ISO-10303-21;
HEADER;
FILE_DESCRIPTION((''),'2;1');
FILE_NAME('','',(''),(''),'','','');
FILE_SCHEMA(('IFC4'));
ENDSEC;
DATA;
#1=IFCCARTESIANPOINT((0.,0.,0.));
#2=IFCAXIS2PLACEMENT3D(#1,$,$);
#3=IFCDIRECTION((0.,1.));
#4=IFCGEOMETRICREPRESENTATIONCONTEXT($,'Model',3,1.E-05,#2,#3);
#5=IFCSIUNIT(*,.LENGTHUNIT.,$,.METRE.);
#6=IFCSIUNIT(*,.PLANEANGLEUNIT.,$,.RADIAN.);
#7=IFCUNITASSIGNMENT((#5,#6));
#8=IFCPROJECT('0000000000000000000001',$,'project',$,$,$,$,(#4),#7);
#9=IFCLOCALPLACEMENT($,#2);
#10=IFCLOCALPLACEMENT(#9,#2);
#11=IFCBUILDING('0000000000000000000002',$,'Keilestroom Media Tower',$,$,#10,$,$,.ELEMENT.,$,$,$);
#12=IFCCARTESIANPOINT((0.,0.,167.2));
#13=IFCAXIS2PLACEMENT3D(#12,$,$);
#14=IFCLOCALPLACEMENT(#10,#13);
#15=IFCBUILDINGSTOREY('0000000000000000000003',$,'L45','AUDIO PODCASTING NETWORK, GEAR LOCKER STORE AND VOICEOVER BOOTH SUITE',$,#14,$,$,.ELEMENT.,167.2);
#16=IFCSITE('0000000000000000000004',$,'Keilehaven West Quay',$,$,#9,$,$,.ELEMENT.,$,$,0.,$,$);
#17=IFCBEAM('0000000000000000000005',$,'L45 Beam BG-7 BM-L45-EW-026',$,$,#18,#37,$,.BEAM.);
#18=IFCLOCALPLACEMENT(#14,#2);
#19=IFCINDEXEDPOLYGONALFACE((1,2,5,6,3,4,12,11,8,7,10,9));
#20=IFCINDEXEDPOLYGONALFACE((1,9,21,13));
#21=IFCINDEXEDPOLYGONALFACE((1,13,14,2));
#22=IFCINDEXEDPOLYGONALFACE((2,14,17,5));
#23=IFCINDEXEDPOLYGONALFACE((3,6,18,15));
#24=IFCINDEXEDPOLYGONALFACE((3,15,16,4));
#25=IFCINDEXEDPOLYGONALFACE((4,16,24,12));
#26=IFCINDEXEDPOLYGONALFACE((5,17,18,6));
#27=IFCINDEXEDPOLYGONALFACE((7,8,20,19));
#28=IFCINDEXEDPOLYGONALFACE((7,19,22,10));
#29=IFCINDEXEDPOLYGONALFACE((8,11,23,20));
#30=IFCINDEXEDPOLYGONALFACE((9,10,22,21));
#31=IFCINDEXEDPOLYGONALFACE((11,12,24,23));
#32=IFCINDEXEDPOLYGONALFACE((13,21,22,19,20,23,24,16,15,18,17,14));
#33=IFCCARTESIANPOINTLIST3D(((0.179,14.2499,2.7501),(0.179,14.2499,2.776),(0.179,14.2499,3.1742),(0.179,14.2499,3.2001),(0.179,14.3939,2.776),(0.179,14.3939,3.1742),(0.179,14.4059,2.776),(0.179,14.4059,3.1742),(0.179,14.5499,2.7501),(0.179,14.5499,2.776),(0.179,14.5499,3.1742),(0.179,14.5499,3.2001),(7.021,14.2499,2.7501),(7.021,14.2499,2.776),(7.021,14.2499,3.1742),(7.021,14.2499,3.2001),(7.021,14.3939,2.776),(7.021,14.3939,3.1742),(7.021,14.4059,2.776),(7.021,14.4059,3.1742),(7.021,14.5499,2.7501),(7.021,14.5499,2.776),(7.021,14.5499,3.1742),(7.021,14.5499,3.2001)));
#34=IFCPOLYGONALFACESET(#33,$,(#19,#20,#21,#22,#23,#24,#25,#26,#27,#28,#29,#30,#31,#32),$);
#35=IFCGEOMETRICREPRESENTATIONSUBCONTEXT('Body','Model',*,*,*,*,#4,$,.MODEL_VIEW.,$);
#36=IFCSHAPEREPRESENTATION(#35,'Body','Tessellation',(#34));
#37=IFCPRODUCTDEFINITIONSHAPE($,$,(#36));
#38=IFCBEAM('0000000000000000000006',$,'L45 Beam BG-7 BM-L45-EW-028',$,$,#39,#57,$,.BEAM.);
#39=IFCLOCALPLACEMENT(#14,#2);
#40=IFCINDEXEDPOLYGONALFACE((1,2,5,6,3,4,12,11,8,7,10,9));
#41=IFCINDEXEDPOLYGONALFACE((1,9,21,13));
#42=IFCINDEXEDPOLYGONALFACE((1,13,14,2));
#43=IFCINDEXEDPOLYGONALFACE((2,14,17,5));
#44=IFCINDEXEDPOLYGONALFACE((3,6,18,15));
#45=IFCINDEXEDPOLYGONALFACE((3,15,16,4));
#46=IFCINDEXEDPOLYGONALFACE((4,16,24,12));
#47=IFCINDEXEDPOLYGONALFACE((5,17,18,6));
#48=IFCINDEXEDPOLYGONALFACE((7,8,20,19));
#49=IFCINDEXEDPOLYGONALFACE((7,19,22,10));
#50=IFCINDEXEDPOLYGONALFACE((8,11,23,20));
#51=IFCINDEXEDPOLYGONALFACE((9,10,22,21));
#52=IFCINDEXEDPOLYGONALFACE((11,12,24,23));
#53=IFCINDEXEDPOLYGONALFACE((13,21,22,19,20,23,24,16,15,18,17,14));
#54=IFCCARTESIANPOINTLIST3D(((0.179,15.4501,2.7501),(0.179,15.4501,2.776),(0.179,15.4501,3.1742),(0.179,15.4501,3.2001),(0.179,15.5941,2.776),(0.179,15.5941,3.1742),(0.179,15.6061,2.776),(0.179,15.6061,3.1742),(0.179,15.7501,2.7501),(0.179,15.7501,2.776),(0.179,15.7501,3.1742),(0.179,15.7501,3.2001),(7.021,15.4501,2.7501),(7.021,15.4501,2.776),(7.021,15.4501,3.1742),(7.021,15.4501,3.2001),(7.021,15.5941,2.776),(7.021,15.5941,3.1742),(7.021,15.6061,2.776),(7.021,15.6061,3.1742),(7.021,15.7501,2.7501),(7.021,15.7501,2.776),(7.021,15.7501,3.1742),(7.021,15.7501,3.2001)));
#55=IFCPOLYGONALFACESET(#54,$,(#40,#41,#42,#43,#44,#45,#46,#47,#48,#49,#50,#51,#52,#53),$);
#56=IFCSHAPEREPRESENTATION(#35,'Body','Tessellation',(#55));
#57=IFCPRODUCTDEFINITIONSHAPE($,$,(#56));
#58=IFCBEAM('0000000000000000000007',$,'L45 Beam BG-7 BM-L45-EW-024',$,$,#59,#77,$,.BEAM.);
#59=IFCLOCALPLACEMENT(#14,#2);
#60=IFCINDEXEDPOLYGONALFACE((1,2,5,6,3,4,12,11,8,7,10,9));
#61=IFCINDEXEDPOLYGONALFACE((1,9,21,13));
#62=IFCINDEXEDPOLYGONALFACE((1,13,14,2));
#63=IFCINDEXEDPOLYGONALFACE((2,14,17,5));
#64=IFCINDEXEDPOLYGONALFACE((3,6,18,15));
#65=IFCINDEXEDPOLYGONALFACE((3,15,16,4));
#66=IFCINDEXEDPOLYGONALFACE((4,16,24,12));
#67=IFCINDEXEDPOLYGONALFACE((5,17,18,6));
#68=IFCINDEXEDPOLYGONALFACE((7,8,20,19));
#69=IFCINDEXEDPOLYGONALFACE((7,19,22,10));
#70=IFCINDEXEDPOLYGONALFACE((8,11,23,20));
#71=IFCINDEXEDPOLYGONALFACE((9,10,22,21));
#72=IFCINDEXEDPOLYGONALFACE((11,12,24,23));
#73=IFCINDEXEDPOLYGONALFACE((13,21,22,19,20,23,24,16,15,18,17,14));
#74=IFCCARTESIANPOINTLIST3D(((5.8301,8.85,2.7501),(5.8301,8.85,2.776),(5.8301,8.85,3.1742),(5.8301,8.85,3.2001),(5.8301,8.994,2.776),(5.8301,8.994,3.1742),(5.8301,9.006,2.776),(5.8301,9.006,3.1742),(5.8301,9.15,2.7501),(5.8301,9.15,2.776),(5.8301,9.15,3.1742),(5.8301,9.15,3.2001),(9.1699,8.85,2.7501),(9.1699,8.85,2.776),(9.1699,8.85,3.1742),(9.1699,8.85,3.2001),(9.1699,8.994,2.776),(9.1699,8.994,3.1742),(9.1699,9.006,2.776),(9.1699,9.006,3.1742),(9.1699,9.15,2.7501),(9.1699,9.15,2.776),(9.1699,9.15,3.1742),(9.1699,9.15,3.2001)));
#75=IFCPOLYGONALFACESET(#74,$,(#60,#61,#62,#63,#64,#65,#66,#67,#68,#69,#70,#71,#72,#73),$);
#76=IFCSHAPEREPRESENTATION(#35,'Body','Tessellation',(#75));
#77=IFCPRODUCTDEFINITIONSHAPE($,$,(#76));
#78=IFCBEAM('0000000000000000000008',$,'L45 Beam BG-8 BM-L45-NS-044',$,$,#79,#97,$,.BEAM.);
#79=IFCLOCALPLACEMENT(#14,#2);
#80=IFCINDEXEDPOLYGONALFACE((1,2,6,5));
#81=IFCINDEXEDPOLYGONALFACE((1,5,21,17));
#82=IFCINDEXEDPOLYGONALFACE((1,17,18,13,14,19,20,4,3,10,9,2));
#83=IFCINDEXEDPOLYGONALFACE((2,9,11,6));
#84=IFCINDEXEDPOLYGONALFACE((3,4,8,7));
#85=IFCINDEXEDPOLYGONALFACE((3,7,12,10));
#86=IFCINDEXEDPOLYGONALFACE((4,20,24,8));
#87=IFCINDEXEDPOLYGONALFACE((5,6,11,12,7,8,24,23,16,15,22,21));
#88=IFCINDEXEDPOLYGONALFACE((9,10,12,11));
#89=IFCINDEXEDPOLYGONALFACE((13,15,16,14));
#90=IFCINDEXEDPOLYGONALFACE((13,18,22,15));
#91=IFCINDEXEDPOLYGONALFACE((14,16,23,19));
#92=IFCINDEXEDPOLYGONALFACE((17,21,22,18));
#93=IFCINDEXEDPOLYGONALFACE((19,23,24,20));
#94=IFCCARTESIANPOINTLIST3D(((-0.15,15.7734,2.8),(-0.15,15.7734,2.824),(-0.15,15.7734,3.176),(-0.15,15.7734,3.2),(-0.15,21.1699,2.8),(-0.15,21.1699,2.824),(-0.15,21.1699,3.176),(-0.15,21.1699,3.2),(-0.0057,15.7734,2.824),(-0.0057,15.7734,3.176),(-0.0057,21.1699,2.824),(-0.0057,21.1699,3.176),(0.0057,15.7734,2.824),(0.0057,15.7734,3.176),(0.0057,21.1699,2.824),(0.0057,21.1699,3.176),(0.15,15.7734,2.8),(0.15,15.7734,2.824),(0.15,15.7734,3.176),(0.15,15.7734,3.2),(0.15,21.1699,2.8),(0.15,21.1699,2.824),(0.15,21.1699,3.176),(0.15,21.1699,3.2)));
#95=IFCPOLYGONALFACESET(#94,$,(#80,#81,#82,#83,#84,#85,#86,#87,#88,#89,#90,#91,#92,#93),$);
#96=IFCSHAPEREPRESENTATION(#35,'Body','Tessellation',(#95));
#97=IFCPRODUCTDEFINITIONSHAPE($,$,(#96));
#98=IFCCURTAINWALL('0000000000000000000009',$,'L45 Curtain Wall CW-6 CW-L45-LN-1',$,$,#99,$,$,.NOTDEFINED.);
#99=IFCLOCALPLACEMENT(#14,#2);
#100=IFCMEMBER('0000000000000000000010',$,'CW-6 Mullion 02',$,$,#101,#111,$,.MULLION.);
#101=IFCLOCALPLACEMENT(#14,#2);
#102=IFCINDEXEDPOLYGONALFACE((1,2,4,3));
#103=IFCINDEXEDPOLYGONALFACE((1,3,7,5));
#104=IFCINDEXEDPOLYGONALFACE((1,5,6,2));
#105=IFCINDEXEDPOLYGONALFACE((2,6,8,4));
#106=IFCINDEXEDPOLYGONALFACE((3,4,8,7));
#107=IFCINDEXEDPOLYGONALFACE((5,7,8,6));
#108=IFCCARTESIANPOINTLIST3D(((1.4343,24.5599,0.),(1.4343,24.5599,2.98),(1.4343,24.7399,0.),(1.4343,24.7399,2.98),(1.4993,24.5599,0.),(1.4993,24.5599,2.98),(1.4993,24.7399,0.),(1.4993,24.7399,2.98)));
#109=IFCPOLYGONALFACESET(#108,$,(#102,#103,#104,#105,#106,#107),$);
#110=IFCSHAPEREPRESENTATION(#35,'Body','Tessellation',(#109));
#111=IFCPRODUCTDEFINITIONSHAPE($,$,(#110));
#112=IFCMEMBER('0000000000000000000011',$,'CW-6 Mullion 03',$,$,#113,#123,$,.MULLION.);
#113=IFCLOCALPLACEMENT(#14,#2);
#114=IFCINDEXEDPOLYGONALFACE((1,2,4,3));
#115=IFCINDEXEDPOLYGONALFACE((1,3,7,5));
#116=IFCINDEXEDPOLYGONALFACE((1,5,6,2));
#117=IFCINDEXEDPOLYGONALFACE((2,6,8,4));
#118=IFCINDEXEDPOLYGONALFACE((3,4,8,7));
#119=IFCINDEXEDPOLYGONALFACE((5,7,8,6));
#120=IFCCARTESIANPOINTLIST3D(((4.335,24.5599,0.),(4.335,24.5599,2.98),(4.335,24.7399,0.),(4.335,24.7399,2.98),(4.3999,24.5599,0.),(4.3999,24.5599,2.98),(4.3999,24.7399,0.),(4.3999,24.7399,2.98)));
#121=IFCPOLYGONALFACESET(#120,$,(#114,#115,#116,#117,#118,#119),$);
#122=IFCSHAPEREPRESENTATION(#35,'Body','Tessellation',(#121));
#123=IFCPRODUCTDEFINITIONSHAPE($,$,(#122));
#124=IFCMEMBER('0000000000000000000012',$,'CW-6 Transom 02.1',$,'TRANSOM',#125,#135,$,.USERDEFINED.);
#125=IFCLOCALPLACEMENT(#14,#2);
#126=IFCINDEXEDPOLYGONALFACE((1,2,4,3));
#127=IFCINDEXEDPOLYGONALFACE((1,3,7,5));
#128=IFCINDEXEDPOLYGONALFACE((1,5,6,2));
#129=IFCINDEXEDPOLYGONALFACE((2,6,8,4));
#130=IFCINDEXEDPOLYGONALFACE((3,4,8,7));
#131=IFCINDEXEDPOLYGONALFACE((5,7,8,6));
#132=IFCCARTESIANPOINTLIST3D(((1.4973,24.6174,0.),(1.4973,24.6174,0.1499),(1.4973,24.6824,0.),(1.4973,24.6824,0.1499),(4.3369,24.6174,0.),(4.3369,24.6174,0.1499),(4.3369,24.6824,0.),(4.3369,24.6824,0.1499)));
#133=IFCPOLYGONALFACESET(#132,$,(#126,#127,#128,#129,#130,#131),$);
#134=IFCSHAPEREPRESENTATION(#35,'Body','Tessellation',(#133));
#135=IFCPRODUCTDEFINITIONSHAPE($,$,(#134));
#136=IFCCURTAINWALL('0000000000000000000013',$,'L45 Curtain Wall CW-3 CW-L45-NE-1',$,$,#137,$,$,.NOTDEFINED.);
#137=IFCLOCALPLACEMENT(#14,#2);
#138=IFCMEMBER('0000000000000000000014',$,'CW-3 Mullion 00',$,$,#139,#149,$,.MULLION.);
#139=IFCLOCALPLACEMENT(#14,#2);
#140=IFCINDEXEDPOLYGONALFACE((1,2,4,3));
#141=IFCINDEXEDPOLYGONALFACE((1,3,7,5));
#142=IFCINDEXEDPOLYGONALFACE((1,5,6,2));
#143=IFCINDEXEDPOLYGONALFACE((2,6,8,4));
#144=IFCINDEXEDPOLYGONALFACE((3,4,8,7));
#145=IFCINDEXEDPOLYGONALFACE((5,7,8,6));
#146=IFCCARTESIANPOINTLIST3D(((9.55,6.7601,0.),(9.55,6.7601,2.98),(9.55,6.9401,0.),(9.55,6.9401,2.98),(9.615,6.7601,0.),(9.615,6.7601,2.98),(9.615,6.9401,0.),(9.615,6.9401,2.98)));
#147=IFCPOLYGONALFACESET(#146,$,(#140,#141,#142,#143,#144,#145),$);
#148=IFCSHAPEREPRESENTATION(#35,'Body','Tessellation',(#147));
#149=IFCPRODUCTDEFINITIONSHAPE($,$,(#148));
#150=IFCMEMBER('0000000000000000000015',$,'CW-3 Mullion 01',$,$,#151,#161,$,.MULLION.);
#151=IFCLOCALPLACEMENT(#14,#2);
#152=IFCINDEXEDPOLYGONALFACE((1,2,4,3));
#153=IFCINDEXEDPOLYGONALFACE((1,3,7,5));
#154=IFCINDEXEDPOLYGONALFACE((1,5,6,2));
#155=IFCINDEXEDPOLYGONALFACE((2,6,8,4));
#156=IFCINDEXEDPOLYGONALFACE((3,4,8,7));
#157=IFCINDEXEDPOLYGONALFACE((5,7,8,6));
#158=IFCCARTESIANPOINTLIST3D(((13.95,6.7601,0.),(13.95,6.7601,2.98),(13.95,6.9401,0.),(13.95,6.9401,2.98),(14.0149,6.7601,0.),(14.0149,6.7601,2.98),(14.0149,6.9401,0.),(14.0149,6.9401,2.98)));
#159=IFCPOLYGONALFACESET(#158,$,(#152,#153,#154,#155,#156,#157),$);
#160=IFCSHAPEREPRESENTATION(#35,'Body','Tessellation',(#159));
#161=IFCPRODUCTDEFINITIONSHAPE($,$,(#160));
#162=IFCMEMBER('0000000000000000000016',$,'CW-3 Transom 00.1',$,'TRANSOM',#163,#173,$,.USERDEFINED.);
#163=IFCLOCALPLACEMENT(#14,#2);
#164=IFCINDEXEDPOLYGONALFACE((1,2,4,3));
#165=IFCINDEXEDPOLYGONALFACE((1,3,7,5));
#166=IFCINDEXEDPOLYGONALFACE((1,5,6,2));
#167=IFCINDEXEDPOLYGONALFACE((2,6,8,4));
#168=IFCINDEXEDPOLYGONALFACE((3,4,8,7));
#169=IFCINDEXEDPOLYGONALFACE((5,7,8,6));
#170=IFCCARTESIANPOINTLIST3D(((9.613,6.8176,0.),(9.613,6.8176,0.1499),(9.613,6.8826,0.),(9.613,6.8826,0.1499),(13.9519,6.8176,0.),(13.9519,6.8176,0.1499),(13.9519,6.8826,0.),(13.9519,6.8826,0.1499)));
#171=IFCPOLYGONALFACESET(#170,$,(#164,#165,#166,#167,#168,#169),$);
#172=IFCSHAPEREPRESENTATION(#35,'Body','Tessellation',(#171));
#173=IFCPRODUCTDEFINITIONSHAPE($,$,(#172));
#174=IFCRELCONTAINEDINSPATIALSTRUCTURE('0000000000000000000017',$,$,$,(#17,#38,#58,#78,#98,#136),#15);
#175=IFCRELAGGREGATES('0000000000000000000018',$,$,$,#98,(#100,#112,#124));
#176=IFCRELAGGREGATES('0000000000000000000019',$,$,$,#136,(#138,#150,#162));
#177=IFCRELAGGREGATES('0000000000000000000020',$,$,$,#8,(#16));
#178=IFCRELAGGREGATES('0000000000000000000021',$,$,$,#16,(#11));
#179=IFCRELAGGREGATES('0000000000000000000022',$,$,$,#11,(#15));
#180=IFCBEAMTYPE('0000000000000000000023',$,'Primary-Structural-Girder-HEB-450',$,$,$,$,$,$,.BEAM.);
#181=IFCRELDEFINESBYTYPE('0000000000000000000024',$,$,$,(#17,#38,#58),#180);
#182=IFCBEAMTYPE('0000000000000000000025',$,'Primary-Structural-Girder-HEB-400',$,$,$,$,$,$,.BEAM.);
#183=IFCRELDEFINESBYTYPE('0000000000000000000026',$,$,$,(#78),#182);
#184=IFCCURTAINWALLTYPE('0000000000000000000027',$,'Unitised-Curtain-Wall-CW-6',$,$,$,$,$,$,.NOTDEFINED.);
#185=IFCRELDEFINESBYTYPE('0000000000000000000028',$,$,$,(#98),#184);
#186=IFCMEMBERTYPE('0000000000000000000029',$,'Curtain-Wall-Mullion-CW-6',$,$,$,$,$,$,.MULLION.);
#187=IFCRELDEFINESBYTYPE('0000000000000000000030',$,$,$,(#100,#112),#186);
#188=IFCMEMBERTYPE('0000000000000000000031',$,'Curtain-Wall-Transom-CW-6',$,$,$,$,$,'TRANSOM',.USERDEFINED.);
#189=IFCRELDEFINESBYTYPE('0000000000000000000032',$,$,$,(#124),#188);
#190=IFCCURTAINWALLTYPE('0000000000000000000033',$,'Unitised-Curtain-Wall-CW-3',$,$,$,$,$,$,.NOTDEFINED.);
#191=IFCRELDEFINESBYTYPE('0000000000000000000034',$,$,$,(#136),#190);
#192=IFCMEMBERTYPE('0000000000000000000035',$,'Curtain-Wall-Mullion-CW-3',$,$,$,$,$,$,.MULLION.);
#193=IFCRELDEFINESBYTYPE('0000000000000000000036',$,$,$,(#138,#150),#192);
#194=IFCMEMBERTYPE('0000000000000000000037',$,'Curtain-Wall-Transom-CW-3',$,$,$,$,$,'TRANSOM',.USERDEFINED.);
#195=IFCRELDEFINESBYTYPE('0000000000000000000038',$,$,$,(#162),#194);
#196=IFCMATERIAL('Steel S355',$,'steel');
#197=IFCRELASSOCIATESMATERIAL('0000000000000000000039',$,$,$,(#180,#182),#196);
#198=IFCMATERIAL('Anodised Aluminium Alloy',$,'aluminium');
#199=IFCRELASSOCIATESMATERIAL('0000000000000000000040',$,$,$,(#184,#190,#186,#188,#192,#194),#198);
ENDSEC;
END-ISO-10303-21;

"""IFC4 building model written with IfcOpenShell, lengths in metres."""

from ifc_helpers import new_model, si_unit, direction, frame, origin, origin_2d, place, context, subcontext, project, spatial, rectangle, i_section, extrude, source, transform, mapped, material, material_profile, profile_set, type_object, element, aggregate, save


model = new_model("IFC4")

# Units and contexts
model_context = context("Model", 3, precision=1e-05, world=origin(), true_north=direction((0.0, 1.0)))
body_context = subcontext(model_context, "Body", "Model", "MODEL_VIEW")
ifc_project = project(units=[si_unit("LENGTHUNIT", "METRE"), si_unit("PLANEANGLEUNIT", "RADIAN")], contexts=[model_context])

# Site, building, storey
site_placement = place(None, origin())
site = spatial("IfcSite", under=ifc_project, at=site_placement, Name="Keilehaven West Quay", CompositionType="ELEMENT", RefElevation=0.0)
building_placement = place(site_placement, origin())
building = spatial("IfcBuilding", under=site, at=building_placement, Name="Keilestroom Media Tower", CompositionType="ELEMENT")
storey_placement = place(building_placement, frame((0.0, 0.0, 167.2)))
storey = spatial("IfcBuildingStorey", under=building, at=storey_placement, Name="L45", Description="AUDIO PODCASTING NETWORK, GEAR LOCKER STORE AND VOICEOVER BOOTH SUITE", CompositionType="ELEMENT", Elevation=167.2)

# Shared definitions
ifc_material_1 = material(Name="Steel S355", Category="steel")

# Beams
ifc_material_profile_1 = material_profile(ifc_material_1, i_section(OverallWidth=0.3, OverallDepth=0.45, WebThickness=0.012, FlangeThickness=0.0259, at=origin_2d()), Name="HEB 450")
ifc_profile_set_1 = profile_set([ifc_material_profile_1], Name="Steel S355")
beam_type_1 = type_object("IfcBeamType", Name="Primary-Structural-Girder-HEB-450", PredefinedType="BEAM", material=ifc_profile_set_1)
shared_shape_1 = source(origin(), body_context, "Body", "SweptSolid", [
    extrude(i_section(OverallWidth=0.3, OverallDepth=0.45, WebThickness=0.012, FlangeThickness=0.0259, at=origin_2d()), origin(), (0.0, 0.0, 1.0), 6.842),
])
for number, where, z_axis, x_axis, name in (
    (1, (0.179, 14.3999, 2.9751), (1.0, 0.0, 0.0), (0.0, 1.0, 0.0), "L45 Beam BG-7 BM-L45-EW-026"),
    (2, (0.179, 15.6001, 2.9751), (1.0, 0.0, 0.0), (0.0, 1.0, 0.0), "L45 Beam BG-7 BM-L45-EW-028"),
):
    element("IfcBeam", number, at=place(storey_placement, frame(where, z_axis=z_axis, x_axis=x_axis)), inside=storey, type_object=beam_type_1, Name=name, PredefinedType="BEAM", context=body_context, shape_type="MappedRepresentation", body=[
        mapped(shared_shape_1, transform((0.0, 0.0, 0.0), x_axis=(1.0, 0.0, 0.0), y_axis=(0.0, 1.0, 0.0), z_axis=(0.0, 0.0, 1.0), scale=1.0)),
    ])
shared_shape_2 = source(origin(), body_context, "Body", "SweptSolid", [
    extrude(i_section(OverallWidth=0.3, OverallDepth=0.45, WebThickness=0.012, FlangeThickness=0.0259, at=origin_2d()), origin(), (0.0, 0.0, 1.0), 3.3398),
])
beam_1_placement = place(storey_placement, frame((5.8301, 9.0, 2.9751), z_axis=(1.0, 0.0, 0.0), x_axis=(0.0, 1.0, 0.0)))
element("IfcBeam", 3, at=beam_1_placement, inside=storey, type_object=beam_type_1, Name="L45 Beam BG-7 BM-L45-EW-024", PredefinedType="BEAM", context=body_context, shape_type="MappedRepresentation", body=[
    mapped(shared_shape_2, transform((0.0, 0.0, 0.0), x_axis=(1.0, 0.0, 0.0), y_axis=(0.0, 1.0, 0.0), z_axis=(0.0, 0.0, 1.0), scale=1.0)),
])
ifc_material_profile_2 = material_profile(ifc_material_1, i_section(OverallWidth=0.3, OverallDepth=0.3999, WebThickness=0.0115, FlangeThickness=0.0239, at=origin_2d()), Name="HEB 400")
ifc_profile_set_2 = profile_set([ifc_material_profile_2], Name="Steel S355")
beam_type_2 = type_object("IfcBeamType", Name="Primary-Structural-Girder-HEB-400", PredefinedType="BEAM", material=ifc_profile_set_2)
shared_shape_3 = source(origin(), body_context, "Body", "SweptSolid", [
    extrude(i_section(OverallWidth=0.3, OverallDepth=0.3999, WebThickness=0.0115, FlangeThickness=0.0239, at=origin_2d()), origin(), (0.0, 0.0, 1.0), 5.3965),
])
beam_2_placement = place(storey_placement, frame((0.0, 15.7734, 3.0), z_axis=(0.0, 1.0, 0.0), x_axis=(-1.0, 0.0, 0.0)))
element("IfcBeam", 4, at=beam_2_placement, inside=storey, type_object=beam_type_2, Name="L45 Beam BG-8 BM-L45-NS-044", PredefinedType="BEAM", context=body_context, shape_type="MappedRepresentation", body=[
    mapped(shared_shape_3, transform((0.0, 0.0, 0.0), x_axis=(1.0, 0.0, 0.0), y_axis=(0.0, 1.0, 0.0), z_axis=(0.0, 0.0, 1.0), scale=1.0)),
])

# Curtain walls, members
ifc_material_2 = material(Name="Anodised Aluminium Alloy", Category="aluminium")
curtain_wall_type_1 = type_object("IfcCurtainWallType", Name="Unitised-Curtain-Wall-CW-6", PredefinedType="NOTDEFINED", material=ifc_material_2)
curtain_wall_1_placement = place(storey_placement, origin())
curtain_wall_1 = element("IfcCurtainWall", 5, at=curtain_wall_1_placement, inside=storey, type_object=curtain_wall_type_1, Name="L45 Curtain Wall CW-6 CW-L45-LN-1", PredefinedType="NOTDEFINED")
ifc_material_profile_3 = material_profile(ifc_material_2, rectangle(XDim=0.0649, YDim=0.1799, at=origin_2d()), Name="ALU MULLION 65x180")
ifc_profile_set_3 = profile_set([ifc_material_profile_3], Name="Anodised Aluminium Alloy")
member_type_1 = type_object("IfcMemberType", Name="Curtain-Wall-Mullion-CW-6", PredefinedType="MULLION", material=ifc_profile_set_3)
shared_shape_4 = source(origin(), body_context, "Body", "SweptSolid", [
    extrude(rectangle(XDim=0.0649, YDim=0.1799, at=origin_2d()), origin(), (0.0, 0.0, 1.0), 2.98),
])
member_1_placement = place(storey_placement, frame((1.4668, 24.6499, 0.0), z_axis=(0.0, 0.0, 1.0), x_axis=(1.0, 0.0, 0.0)))
member_1 = element("IfcMember", 6, at=member_1_placement, type_object=member_type_1, Name="CW-6 Mullion 02", PredefinedType="MULLION", context=body_context, shape_type="MappedRepresentation", body=[
    mapped(shared_shape_4, transform((0.0, 0.0, 0.0), x_axis=(1.0, 0.0, 0.0), y_axis=(0.0, 1.0, 0.0), z_axis=(0.0, 0.0, 1.0), scale=1.0)),
])
member_2_placement = place(storey_placement, frame((4.3674, 24.6499, 0.0), z_axis=(0.0, 0.0, 1.0), x_axis=(1.0, 0.0, 0.0)))
member_2 = element("IfcMember", 7, at=member_2_placement, type_object=member_type_1, Name="CW-6 Mullion 03", PredefinedType="MULLION", context=body_context, shape_type="MappedRepresentation", body=[
    mapped(shared_shape_4, transform((0.0, 0.0, 0.0), x_axis=(1.0, 0.0, 0.0), y_axis=(0.0, 1.0, 0.0), z_axis=(0.0, 0.0, 1.0), scale=1.0)),
])
ifc_material_profile_4 = material_profile(ifc_material_2, rectangle(XDim=0.0649, YDim=0.1499, at=origin_2d()), Name="ALU TRANSOM 65x150")
ifc_profile_set_4 = profile_set([ifc_material_profile_4], Name="Anodised Aluminium Alloy")
member_type_2 = type_object("IfcMemberType", Name="Curtain-Wall-Transom-CW-6", ElementType="TRANSOM", PredefinedType="USERDEFINED", material=ifc_profile_set_4)
shared_shape_5 = source(origin(), body_context, "Body", "SweptSolid", [
    extrude(rectangle(XDim=0.0649, YDim=0.1499, at=origin_2d()), origin(), (0.0, 0.0, 1.0), 2.8396),
])
member_3_placement = place(storey_placement, frame((1.4973, 24.6499, 0.075), z_axis=(1.0, 0.0, 0.0), x_axis=(0.0, 1.0, 0.0)))
member_3 = element("IfcMember", 8, at=member_3_placement, type_object=member_type_2, Name="CW-6 Transom 02.1", ObjectType="TRANSOM", PredefinedType="USERDEFINED", context=body_context, shape_type="MappedRepresentation", body=[
    mapped(shared_shape_5, transform((0.0, 0.0, 0.0), x_axis=(1.0, 0.0, 0.0), y_axis=(0.0, 1.0, 0.0), z_axis=(0.0, 0.0, 1.0), scale=1.0)),
])
curtain_wall_type_2 = type_object("IfcCurtainWallType", Name="Unitised-Curtain-Wall-CW-3", PredefinedType="NOTDEFINED", material=ifc_material_2)
curtain_wall_2_placement = place(storey_placement, origin())
curtain_wall_2 = element("IfcCurtainWall", 9, at=curtain_wall_2_placement, inside=storey, type_object=curtain_wall_type_2, Name="L45 Curtain Wall CW-3 CW-L45-NE-1", PredefinedType="NOTDEFINED")
ifc_material_profile_5 = material_profile(ifc_material_2, rectangle(XDim=0.0649, YDim=0.1799, at=origin_2d()), Name="ALU MULLION 65x180")
ifc_profile_set_5 = profile_set([ifc_material_profile_5], Name="Anodised Aluminium Alloy")
member_type_3 = type_object("IfcMemberType", Name="Curtain-Wall-Mullion-CW-3", PredefinedType="MULLION", material=ifc_profile_set_5)
shared_shape_6 = source(origin(), body_context, "Body", "SweptSolid", [
    extrude(rectangle(XDim=0.0649, YDim=0.1799, at=origin_2d()), origin(), (0.0, 0.0, 1.0), 2.98),
])
member_4_placement = place(storey_placement, frame((9.5825, 6.8501, 0.0), z_axis=(0.0, 0.0, 1.0), x_axis=(1.0, 0.0, 0.0)))
member_4 = element("IfcMember", 10, at=member_4_placement, type_object=member_type_3, Name="CW-3 Mullion 00", PredefinedType="MULLION", context=body_context, shape_type="MappedRepresentation", body=[
    mapped(shared_shape_6, transform((0.0, 0.0, 0.0), x_axis=(1.0, 0.0, 0.0), y_axis=(0.0, 1.0, 0.0), z_axis=(0.0, 0.0, 1.0), scale=1.0)),
])
member_5_placement = place(storey_placement, frame((13.9824, 6.8501, 0.0), z_axis=(0.0, 0.0, 1.0), x_axis=(1.0, 0.0, 0.0)))
member_5 = element("IfcMember", 11, at=member_5_placement, type_object=member_type_3, Name="CW-3 Mullion 01", PredefinedType="MULLION", context=body_context, shape_type="MappedRepresentation", body=[
    mapped(shared_shape_6, transform((0.0, 0.0, 0.0), x_axis=(1.0, 0.0, 0.0), y_axis=(0.0, 1.0, 0.0), z_axis=(0.0, 0.0, 1.0), scale=1.0)),
])
ifc_material_profile_6 = material_profile(ifc_material_2, rectangle(XDim=0.0649, YDim=0.1499, at=origin_2d()), Name="ALU TRANSOM 65x150")
ifc_profile_set_6 = profile_set([ifc_material_profile_6], Name="Anodised Aluminium Alloy")
member_type_4 = type_object("IfcMemberType", Name="Curtain-Wall-Transom-CW-3", ElementType="TRANSOM", PredefinedType="USERDEFINED", material=ifc_profile_set_6)
shared_shape_7 = source(origin(), body_context, "Body", "SweptSolid", [
    extrude(rectangle(XDim=0.0649, YDim=0.1499, at=origin_2d()), origin(), (0.0, 0.0, 1.0), 4.3389),
])
member_6_placement = place(storey_placement, frame((9.613, 6.8501, 0.075), z_axis=(1.0, 0.0, 0.0), x_axis=(0.0, 1.0, 0.0)))
member_6 = element("IfcMember", 12, at=member_6_placement, type_object=member_type_4, Name="CW-3 Transom 00.1", ObjectType="TRANSOM", PredefinedType="USERDEFINED", context=body_context, shape_type="MappedRepresentation", body=[
    mapped(shared_shape_7, transform((0.0, 0.0, 0.0), x_axis=(1.0, 0.0, 0.0), y_axis=(0.0, 1.0, 0.0), z_axis=(0.0, 0.0, 1.0), scale=1.0)),
])

aggregate(curtain_wall_1, [member_1, member_2, member_3])
aggregate(curtain_wall_2, [member_4, member_5, member_6])

save(model, "model.ifc")
